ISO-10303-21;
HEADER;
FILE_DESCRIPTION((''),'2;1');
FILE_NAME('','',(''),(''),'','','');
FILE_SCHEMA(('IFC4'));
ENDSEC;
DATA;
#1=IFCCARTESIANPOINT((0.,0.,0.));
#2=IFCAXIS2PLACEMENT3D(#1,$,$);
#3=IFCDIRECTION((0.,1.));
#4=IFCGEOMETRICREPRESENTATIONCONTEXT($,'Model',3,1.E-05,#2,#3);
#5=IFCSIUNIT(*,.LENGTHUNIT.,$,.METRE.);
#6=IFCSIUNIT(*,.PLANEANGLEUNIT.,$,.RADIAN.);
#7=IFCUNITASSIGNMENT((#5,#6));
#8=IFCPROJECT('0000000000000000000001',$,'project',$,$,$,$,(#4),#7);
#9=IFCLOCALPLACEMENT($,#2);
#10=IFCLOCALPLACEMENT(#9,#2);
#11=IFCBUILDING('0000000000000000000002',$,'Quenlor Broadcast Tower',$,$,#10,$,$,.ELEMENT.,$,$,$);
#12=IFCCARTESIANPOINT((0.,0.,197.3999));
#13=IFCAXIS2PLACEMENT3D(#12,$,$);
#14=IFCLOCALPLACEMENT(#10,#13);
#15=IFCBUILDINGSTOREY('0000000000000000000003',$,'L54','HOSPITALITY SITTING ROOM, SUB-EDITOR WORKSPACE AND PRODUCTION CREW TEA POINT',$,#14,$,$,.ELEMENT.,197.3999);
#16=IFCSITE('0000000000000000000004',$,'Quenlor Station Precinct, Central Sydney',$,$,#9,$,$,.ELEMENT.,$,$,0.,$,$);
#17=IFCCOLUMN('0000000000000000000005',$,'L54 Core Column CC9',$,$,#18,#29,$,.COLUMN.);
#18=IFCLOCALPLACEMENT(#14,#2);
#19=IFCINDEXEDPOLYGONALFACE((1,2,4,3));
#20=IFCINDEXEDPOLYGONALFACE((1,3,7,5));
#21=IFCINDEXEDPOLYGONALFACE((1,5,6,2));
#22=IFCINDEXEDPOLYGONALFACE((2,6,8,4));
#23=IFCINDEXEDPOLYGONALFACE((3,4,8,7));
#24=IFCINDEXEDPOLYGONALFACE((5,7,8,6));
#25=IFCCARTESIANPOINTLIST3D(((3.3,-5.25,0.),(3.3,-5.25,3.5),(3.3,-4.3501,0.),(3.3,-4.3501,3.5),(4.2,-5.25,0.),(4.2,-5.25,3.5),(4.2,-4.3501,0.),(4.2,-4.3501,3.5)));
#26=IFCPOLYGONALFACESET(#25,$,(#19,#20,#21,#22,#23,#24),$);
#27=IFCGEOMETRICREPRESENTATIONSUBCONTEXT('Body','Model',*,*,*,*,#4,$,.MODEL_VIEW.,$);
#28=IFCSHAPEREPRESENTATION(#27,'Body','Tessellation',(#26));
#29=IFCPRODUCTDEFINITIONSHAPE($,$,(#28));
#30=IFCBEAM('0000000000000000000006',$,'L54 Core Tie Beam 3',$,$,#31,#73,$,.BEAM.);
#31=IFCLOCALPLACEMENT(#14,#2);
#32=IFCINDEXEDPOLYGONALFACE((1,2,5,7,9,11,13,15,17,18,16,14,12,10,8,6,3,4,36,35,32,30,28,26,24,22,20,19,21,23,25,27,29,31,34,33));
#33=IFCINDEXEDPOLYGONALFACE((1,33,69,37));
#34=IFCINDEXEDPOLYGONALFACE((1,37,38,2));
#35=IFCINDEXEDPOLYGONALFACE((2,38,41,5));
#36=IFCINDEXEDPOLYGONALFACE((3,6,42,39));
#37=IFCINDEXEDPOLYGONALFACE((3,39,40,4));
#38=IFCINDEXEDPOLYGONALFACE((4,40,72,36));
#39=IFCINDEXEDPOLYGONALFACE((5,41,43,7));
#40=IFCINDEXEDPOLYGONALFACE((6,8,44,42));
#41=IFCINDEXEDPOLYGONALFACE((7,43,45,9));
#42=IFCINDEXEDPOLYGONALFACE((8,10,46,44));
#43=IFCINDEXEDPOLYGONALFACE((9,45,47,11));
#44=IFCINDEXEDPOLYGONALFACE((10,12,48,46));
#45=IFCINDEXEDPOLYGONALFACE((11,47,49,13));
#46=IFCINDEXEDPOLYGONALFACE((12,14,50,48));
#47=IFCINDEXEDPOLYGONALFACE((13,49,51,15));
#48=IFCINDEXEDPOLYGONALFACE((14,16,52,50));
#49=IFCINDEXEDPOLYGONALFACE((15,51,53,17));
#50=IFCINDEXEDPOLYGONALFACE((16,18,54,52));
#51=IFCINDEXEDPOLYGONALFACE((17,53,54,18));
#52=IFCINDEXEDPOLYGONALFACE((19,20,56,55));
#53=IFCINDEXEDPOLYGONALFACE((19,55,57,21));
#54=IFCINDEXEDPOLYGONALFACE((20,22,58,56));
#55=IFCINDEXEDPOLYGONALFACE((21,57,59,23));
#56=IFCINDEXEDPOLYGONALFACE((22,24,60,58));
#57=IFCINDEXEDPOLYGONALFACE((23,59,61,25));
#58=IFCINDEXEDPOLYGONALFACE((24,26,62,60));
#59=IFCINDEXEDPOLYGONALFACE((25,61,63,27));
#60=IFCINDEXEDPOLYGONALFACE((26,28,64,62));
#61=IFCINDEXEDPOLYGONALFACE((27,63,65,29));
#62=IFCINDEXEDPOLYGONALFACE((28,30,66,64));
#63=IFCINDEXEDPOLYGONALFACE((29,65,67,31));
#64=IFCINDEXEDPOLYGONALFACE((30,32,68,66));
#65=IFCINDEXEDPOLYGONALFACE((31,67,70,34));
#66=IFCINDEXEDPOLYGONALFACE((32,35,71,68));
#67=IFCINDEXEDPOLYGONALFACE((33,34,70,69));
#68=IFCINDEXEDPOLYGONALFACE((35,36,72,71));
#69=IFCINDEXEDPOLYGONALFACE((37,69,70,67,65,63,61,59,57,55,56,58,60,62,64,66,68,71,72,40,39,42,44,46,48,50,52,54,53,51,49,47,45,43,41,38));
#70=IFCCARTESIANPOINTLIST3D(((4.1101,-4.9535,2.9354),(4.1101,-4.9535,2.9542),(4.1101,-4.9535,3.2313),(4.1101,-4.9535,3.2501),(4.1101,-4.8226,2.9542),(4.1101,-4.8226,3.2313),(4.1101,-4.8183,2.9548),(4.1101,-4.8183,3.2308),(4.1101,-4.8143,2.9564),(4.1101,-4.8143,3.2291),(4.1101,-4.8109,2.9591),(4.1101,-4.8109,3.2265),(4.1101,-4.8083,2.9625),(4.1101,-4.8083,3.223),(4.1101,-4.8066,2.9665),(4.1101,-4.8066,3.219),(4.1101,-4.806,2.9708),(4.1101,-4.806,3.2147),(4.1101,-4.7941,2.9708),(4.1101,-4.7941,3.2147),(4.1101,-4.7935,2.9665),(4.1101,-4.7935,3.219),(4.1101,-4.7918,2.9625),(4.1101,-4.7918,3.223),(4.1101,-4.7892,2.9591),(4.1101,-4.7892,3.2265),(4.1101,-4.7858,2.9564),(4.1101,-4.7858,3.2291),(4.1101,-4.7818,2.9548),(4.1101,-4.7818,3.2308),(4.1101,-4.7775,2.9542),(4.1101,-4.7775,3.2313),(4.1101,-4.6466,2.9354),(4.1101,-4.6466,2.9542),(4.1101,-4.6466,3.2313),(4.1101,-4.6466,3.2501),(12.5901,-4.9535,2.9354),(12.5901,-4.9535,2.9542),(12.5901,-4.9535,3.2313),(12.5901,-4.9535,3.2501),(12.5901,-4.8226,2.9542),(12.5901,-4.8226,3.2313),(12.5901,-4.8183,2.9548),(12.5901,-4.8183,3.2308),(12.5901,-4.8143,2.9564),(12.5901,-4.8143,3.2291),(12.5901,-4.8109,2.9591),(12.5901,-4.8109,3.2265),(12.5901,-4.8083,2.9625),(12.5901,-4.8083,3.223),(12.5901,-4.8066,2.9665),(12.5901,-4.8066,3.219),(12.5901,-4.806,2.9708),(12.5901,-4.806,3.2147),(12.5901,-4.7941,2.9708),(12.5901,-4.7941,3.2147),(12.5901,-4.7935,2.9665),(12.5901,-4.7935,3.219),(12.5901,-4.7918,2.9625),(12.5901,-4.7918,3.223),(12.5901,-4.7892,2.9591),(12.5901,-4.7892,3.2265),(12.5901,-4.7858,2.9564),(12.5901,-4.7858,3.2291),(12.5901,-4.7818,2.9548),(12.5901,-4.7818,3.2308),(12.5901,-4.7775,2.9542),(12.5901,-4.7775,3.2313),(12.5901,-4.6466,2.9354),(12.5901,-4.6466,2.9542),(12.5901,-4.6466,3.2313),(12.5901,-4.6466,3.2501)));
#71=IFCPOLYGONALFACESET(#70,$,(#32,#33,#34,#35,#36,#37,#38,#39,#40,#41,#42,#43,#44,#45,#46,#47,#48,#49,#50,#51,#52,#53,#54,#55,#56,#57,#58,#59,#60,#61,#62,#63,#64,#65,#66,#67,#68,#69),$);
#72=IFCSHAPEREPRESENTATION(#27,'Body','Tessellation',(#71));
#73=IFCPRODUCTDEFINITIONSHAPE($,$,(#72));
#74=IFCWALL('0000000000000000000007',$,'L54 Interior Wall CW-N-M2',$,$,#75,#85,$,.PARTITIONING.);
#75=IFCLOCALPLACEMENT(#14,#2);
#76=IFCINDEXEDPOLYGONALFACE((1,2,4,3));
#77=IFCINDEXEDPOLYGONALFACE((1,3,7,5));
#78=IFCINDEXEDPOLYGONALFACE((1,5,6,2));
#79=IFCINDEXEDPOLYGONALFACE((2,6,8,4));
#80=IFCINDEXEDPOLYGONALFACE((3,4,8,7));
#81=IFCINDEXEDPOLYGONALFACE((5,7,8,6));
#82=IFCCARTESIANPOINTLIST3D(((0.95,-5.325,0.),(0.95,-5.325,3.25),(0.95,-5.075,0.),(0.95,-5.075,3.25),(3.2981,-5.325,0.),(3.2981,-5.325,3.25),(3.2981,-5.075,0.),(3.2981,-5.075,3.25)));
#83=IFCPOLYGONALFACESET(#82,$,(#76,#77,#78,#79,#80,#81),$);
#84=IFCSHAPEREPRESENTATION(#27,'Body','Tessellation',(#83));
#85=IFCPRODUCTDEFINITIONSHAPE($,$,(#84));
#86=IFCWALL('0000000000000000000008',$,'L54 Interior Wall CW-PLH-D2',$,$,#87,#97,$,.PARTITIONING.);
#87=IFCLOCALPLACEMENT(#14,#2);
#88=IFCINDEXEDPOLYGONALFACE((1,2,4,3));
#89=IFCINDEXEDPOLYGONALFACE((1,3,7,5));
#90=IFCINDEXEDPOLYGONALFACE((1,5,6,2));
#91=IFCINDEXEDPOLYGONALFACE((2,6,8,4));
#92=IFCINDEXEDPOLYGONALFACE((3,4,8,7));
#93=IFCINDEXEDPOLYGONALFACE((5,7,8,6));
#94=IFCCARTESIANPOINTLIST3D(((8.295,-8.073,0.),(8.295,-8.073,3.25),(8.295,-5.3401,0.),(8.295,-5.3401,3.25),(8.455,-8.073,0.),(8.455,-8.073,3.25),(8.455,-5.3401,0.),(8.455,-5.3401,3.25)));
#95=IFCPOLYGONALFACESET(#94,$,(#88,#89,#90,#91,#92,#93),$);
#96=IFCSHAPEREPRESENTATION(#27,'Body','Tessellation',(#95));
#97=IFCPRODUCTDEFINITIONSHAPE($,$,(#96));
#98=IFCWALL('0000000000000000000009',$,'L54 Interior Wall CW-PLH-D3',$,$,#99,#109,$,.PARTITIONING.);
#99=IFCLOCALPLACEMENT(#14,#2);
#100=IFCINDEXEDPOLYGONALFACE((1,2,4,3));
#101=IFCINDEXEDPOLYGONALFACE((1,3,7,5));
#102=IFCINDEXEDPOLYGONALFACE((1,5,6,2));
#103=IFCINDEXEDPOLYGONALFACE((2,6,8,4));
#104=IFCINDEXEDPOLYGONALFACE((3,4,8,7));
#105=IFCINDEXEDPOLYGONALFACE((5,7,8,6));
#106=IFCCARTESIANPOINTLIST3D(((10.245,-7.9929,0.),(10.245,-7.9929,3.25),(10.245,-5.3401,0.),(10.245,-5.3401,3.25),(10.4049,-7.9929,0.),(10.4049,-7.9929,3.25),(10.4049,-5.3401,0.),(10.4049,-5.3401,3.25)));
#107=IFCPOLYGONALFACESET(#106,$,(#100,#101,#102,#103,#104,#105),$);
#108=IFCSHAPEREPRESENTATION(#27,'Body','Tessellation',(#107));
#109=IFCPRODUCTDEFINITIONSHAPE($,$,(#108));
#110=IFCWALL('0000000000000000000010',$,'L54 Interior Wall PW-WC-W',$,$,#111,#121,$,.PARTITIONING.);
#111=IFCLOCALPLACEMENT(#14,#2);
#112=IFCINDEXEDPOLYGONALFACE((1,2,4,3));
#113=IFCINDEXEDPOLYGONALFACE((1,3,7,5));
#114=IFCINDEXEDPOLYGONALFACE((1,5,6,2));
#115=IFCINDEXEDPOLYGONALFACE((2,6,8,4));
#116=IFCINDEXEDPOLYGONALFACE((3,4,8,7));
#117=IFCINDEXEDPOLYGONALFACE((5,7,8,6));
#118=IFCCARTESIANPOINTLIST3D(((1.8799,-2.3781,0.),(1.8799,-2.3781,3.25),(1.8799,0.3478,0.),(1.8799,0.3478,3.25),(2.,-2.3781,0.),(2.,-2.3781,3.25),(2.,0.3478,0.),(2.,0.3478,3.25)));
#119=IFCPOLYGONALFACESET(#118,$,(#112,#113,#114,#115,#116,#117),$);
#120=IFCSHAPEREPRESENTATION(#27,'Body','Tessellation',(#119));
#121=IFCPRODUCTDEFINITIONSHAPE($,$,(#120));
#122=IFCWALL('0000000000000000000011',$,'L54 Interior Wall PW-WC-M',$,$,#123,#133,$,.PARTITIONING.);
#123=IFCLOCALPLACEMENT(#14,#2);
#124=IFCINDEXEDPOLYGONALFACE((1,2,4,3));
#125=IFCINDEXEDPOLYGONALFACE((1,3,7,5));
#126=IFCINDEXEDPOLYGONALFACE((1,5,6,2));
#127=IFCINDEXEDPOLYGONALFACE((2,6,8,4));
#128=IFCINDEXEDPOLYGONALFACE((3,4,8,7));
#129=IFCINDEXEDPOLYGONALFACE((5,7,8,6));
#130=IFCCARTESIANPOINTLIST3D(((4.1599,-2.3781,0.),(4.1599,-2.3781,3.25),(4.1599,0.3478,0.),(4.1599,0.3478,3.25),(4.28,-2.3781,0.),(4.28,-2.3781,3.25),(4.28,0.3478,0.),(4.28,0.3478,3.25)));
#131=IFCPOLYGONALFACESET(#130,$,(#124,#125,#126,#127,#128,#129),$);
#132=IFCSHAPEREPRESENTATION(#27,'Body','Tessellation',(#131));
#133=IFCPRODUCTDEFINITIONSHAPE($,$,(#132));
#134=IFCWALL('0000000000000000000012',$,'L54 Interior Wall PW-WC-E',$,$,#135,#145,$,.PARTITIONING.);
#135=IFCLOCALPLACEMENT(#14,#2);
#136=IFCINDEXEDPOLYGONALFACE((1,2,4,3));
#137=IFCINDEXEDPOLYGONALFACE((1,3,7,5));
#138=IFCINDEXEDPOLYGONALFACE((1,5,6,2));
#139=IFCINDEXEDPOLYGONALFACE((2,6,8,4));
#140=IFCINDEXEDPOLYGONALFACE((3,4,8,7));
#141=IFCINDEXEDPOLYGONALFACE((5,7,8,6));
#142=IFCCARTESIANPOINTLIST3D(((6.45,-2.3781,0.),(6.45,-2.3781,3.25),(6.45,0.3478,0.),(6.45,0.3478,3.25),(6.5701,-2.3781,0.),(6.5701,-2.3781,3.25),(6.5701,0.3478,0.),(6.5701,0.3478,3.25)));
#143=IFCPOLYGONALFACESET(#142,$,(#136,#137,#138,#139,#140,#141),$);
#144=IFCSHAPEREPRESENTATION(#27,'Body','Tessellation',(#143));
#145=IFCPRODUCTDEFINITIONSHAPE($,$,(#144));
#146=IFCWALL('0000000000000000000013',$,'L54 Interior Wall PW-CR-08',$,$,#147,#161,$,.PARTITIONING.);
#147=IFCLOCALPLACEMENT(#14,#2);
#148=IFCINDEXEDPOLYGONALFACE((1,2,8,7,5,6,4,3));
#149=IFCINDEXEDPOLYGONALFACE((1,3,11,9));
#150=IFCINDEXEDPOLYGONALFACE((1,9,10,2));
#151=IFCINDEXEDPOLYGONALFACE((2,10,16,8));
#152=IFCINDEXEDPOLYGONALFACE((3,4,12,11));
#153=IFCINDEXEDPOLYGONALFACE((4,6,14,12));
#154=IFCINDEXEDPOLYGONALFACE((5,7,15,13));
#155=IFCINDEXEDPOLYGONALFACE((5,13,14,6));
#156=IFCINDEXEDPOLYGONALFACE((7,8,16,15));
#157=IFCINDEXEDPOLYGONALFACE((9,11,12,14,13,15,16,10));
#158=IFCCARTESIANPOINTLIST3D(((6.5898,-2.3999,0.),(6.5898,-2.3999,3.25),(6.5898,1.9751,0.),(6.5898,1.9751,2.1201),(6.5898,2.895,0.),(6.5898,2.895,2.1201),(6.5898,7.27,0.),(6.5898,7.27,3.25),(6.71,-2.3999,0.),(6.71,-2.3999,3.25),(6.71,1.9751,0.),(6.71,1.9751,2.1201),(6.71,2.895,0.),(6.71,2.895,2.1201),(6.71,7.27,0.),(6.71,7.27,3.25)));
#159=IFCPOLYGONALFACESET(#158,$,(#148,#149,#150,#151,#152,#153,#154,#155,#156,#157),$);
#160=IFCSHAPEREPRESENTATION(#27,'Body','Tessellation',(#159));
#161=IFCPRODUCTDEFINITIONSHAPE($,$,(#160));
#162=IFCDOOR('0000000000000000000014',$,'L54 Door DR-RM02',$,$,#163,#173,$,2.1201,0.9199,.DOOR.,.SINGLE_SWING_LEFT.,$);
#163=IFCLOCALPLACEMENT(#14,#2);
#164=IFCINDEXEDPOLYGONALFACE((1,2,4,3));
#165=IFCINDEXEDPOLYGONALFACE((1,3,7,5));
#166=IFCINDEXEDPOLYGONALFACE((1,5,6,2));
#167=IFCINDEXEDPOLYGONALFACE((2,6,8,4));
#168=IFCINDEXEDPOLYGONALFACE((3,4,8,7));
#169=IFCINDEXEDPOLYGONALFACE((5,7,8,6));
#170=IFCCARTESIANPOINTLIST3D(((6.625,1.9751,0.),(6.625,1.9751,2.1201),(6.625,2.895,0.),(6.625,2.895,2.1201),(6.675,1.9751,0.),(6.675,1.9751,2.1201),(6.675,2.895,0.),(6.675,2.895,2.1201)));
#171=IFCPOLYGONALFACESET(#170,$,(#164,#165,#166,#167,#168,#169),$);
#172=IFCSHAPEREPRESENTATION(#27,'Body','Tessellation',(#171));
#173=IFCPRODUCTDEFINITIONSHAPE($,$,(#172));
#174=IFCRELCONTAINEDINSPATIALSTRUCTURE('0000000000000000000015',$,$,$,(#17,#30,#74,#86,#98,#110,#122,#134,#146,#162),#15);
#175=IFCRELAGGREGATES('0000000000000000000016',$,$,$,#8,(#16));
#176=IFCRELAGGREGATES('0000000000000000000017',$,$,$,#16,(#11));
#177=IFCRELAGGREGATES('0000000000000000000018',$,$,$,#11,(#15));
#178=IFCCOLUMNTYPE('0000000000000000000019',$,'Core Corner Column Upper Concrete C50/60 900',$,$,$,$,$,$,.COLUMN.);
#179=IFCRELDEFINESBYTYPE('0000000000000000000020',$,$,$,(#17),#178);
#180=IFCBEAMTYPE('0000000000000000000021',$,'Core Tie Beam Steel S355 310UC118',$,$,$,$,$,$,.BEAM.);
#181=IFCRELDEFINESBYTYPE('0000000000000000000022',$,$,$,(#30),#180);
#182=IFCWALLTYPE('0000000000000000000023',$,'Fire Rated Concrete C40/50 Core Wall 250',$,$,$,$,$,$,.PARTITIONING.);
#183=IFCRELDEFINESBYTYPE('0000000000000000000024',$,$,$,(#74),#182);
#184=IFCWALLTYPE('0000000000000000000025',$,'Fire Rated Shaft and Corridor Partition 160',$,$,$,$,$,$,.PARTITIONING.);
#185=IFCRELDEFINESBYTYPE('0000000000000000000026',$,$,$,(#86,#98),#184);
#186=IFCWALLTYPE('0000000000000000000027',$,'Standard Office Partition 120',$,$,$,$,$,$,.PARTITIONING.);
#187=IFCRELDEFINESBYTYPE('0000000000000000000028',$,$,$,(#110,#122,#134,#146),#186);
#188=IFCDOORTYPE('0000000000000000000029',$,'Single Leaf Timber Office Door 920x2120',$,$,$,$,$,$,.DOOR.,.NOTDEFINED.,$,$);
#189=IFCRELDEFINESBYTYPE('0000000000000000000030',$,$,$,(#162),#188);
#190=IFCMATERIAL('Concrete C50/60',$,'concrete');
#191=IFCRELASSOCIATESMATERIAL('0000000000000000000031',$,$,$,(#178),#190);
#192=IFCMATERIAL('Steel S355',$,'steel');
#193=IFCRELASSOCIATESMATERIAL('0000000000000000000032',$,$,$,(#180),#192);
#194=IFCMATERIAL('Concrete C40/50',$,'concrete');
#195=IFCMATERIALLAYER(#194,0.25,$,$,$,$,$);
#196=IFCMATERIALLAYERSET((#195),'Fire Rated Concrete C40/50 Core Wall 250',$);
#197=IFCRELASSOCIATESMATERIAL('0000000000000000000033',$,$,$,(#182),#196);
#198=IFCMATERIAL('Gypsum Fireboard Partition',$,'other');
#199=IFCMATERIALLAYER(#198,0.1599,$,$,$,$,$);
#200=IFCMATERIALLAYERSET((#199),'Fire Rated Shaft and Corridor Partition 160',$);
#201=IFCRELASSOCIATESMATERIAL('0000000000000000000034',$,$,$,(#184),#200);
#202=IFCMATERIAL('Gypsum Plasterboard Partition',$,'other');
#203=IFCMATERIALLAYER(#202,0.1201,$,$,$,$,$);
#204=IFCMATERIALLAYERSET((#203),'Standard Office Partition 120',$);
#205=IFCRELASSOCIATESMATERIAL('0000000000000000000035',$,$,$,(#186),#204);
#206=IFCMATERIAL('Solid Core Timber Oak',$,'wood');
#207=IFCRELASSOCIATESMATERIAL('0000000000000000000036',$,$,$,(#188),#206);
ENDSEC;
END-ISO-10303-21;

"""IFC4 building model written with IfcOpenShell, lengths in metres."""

from ifc_helpers import new_model, si_unit, direction, frame, frame_2d, origin, origin_2d, place, context, subcontext, project, spatial, rectangle, i_section, extrude, material, layer, layer_set, material_profile, profile_set, type_object, element, fill, save


model = new_model("IFC4")

# Units and contexts
model_context = context("Model", 3, precision=1e-05, world=origin(), true_north=direction((0.0, 1.0)))
body_context = subcontext(model_context, "Body", "Model", "MODEL_VIEW")
ifc_project = project(units=[si_unit("LENGTHUNIT", "METRE"), si_unit("PLANEANGLEUNIT", "RADIAN")], contexts=[model_context])

# Site, building, storey
site_placement = place(None, origin())
site = spatial("IfcSite", under=ifc_project, at=site_placement, Name="Quenlor Station Precinct, Central Sydney", CompositionType="ELEMENT", RefElevation=0.0)
building_placement = place(site_placement, origin())
building = spatial("IfcBuilding", under=site, at=building_placement, Name="Quenlor Broadcast Tower", CompositionType="ELEMENT")
storey_placement = place(building_placement, frame((0.0, 0.0, 197.3999)))
storey = spatial("IfcBuildingStorey", under=building, at=storey_placement, Name="L54", Description="HOSPITALITY SITTING ROOM, SUB-EDITOR WORKSPACE AND PRODUCTION CREW TEA POINT", CompositionType="ELEMENT", Elevation=197.3999)

# Column
ifc_material_1 = material(Name="Concrete C50/60", Category="concrete")
ifc_material_profile_1 = material_profile(ifc_material_1, rectangle(XDim=0.8999, YDim=0.8999, at=origin_2d()))
ifc_profile_set_1 = profile_set([ifc_material_profile_1], Name="Concrete C50/60 RC900x900")
column_type = type_object("IfcColumnType", Name="Core Corner Column Upper Concrete C50/60 900", PredefinedType="COLUMN", material=ifc_profile_set_1)
column_placement = place(storey_placement, frame((3.75, -4.8, 0.0), z_axis=(0.0, 0.0, 1.0), x_axis=(1.0, 0.0, 0.0)))
element("IfcColumn", 1, at=column_placement, inside=storey, type_object=column_type, Name="L54 Core Column CC9", PredefinedType="COLUMN", context=body_context, shape_type="SweptSolid", body=[
    extrude(rectangle(XDim=0.8999, YDim=0.8999, at=origin_2d()), origin(), (0.0, 0.0, 1.0), 3.5),
])

# Beam
ifc_material_2 = material(Name="Steel S355", Category="steel")
ifc_material_profile_2 = material_profile(ifc_material_2, i_section(OverallWidth=0.3069, OverallDepth=0.3147, WebThickness=0.012, FlangeThickness=0.0188, FilletRadius=0.0166, at=origin_2d()))
ifc_profile_set_2 = profile_set([ifc_material_profile_2], Name="Steel S355 310UC118")
beam_type = type_object("IfcBeamType", Name="Core Tie Beam Steel S355 310UC118", PredefinedType="BEAM", material=ifc_profile_set_2)
beam_placement = place(storey_placement, frame((4.1101, -4.8, 3.0928), z_axis=(1.0, 0.0, 0.0), x_axis=(0.0, 1.0, 0.0)))
element("IfcBeam", 2, at=beam_placement, inside=storey, type_object=beam_type, Name="L54 Core Tie Beam 3", PredefinedType="BEAM", context=body_context, shape_type="SweptSolid", body=[
    extrude(i_section(OverallWidth=0.3069, OverallDepth=0.3147, WebThickness=0.012, FlangeThickness=0.0188, FilletRadius=0.0166, at=origin_2d()), origin(), (0.0, 0.0, 1.0), 8.48),
])

# Shared definitions
ifc_material_3 = material(Name="Concrete C40/50", Category="concrete")
ifc_layer_1 = layer(ifc_material_3, 0.25)
ifc_layer_set_1 = layer_set([ifc_layer_1], Name="Fire Rated Concrete C40/50 Core Wall 250")
wall_type_1 = type_object("IfcWallType", Name="Fire Rated Concrete C40/50 Core Wall 250", PredefinedType="PARTITIONING", material=ifc_layer_set_1)

# Walls
wall_1_placement = place(storey_placement, frame((0.95, -5.2, 0.0), z_axis=(0.0, 0.0, 1.0), x_axis=(1.0, 0.0, 0.0)))
element("IfcWall", 3, at=wall_1_placement, inside=storey, type_object=wall_type_1, Name="L54 Interior Wall CW-N-M2", PredefinedType="PARTITIONING", context=body_context, shape_type="SweptSolid", body=[
    extrude(rectangle(XDim=2.3481, YDim=0.25, at=frame_2d((1.1741, 0.0))), origin(), (0.0, 0.0, 1.0), 3.25),
])
ifc_material_4 = material(Name="Gypsum Fireboard Partition", Category="other")
ifc_layer_2 = layer(ifc_material_4, 0.1599)
ifc_layer_set_2 = layer_set([ifc_layer_2], Name="Fire Rated Shaft and Corridor Partition 160")
wall_type_2 = type_object("IfcWallType", Name="Fire Rated Shaft and Corridor Partition 160", PredefinedType="PARTITIONING", material=ifc_layer_set_2)
wall_2_placement = place(storey_placement, frame((8.375, -8.073, 0.0), z_axis=(0.0, 0.0, 1.0), x_axis=(0.0, 1.0, 0.0)))
element("IfcWall", 4, at=wall_2_placement, inside=storey, type_object=wall_type_2, Name="L54 Interior Wall CW-PLH-D2", PredefinedType="PARTITIONING", context=body_context, shape_type="SweptSolid", body=[
    extrude(rectangle(XDim=2.7329, YDim=0.1599, at=frame_2d((1.3665, 0.0))), origin(), (0.0, 0.0, 1.0), 3.25),
])
wall_3_placement = place(storey_placement, frame((10.325, -7.9929, 0.0), z_axis=(0.0, 0.0, 1.0), x_axis=(0.0, 1.0, 0.0)))
element("IfcWall", 5, at=wall_3_placement, inside=storey, type_object=wall_type_2, Name="L54 Interior Wall CW-PLH-D3", PredefinedType="PARTITIONING", context=body_context, shape_type="SweptSolid", body=[
    extrude(rectangle(XDim=2.6528, YDim=0.1599, at=frame_2d((1.3264, 0.0))), origin(), (0.0, 0.0, 1.0), 3.25),
])

# Shared definitions
ifc_material_5 = material(Name="Gypsum Plasterboard Partition", Category="other")
ifc_layer_3 = layer(ifc_material_5, 0.1201)
ifc_layer_set_3 = layer_set([ifc_layer_3], Name="Standard Office Partition 120")
wall_type_3 = type_object("IfcWallType", Name="Standard Office Partition 120", PredefinedType="PARTITIONING", material=ifc_layer_set_3)

# Walls
for number, where, z_axis, x_axis, name in (
    (6, (1.9399, -2.3779, 0.0), (0.0, 0.0, 1.0), (0.0, 1.0, 0.0), "L54 Interior Wall PW-WC-W"),
    (7, (4.22, -2.3779, 0.0), (0.0, 0.0, 1.0), (0.0, 1.0, 0.0), "L54 Interior Wall PW-WC-M"),
    (8, (6.51, -2.3779, 0.0), (0.0, 0.0, 1.0), (0.0, 1.0, 0.0), "L54 Interior Wall PW-WC-E"),
):
    element("IfcWall", number, at=place(storey_placement, frame(where, z_axis=z_axis, x_axis=x_axis)), inside=storey, type_object=wall_type_3, Name=name, PredefinedType="PARTITIONING", context=body_context, shape_type="SweptSolid", body=[
        extrude(rectangle(XDim=2.7258, YDim=0.1201, at=frame_2d((1.3628, 0.0))), origin(), (0.0, 0.0, 1.0), 3.25),
    ])

# Wall, opening, door
wall_4_placement = place(storey_placement, frame((6.6499, -2.3999, 0.0), z_axis=(0.0, 0.0, 1.0), x_axis=(0.0, 1.0, 0.0)))
wall_4 = element("IfcWall", 9, at=wall_4_placement, inside=storey, type_object=wall_type_3, Name="L54 Interior Wall PW-CR-08", PredefinedType="PARTITIONING", context=body_context, shape_type="SweptSolid", body=[
    extrude(rectangle(XDim=9.6699, YDim=0.1201, at=frame_2d((4.835, 0.0))), origin(), (0.0, 0.0, 1.0), 3.25),
])
opening_1_placement = place(wall_4_placement, frame((4.375, 0.0, 0.0)))
opening_1 = element("IfcOpeningElement", 10, at=opening_1_placement, cuts=wall_4, PredefinedType="OPENING", context=body_context, shape_type="SweptSolid", body=[
    extrude(rectangle(XDim=0.9199, YDim=2.1201, at=frame_2d((0.46, 1.0601))), frame((0.0, 0.0701, 0.0), z_axis=(0.0, -1.0, 0.0), x_axis=(1.0, 0.0, 0.0)), (0.0, 0.0, 1.0), 0.1401),
])
ifc_material_6 = material(Name="Solid Core Timber Oak", Category="wood")
door_type_1 = type_object("IfcDoorType", Name="Single Leaf Timber Office Door 920x2120", OperationType="NOTDEFINED", PredefinedType="DOOR", material=ifc_material_6)
door_1_placement = place(opening_1_placement, origin())
door_1 = element("IfcDoor", 11, at=door_1_placement, inside=storey, type_object=door_type_1, Name="L54 Door DR-RM02", OperationType="SINGLE_SWING_LEFT", OverallHeight=2.1201, OverallWidth=0.9199, PredefinedType="DOOR", context=body_context, shape_type="SweptSolid", body=[
    extrude(rectangle(XDim=0.9199, YDim=2.1201, at=frame_2d((0.46, 1.0601))), frame((0.0, 0.0249, 0.0), z_axis=(0.0, -1.0, 0.0), x_axis=(1.0, 0.0, 0.0)), (0.0, 0.0, 1.0), 0.05),
])
fill(opening_1, door_1)

save(model, "model.ifc")
